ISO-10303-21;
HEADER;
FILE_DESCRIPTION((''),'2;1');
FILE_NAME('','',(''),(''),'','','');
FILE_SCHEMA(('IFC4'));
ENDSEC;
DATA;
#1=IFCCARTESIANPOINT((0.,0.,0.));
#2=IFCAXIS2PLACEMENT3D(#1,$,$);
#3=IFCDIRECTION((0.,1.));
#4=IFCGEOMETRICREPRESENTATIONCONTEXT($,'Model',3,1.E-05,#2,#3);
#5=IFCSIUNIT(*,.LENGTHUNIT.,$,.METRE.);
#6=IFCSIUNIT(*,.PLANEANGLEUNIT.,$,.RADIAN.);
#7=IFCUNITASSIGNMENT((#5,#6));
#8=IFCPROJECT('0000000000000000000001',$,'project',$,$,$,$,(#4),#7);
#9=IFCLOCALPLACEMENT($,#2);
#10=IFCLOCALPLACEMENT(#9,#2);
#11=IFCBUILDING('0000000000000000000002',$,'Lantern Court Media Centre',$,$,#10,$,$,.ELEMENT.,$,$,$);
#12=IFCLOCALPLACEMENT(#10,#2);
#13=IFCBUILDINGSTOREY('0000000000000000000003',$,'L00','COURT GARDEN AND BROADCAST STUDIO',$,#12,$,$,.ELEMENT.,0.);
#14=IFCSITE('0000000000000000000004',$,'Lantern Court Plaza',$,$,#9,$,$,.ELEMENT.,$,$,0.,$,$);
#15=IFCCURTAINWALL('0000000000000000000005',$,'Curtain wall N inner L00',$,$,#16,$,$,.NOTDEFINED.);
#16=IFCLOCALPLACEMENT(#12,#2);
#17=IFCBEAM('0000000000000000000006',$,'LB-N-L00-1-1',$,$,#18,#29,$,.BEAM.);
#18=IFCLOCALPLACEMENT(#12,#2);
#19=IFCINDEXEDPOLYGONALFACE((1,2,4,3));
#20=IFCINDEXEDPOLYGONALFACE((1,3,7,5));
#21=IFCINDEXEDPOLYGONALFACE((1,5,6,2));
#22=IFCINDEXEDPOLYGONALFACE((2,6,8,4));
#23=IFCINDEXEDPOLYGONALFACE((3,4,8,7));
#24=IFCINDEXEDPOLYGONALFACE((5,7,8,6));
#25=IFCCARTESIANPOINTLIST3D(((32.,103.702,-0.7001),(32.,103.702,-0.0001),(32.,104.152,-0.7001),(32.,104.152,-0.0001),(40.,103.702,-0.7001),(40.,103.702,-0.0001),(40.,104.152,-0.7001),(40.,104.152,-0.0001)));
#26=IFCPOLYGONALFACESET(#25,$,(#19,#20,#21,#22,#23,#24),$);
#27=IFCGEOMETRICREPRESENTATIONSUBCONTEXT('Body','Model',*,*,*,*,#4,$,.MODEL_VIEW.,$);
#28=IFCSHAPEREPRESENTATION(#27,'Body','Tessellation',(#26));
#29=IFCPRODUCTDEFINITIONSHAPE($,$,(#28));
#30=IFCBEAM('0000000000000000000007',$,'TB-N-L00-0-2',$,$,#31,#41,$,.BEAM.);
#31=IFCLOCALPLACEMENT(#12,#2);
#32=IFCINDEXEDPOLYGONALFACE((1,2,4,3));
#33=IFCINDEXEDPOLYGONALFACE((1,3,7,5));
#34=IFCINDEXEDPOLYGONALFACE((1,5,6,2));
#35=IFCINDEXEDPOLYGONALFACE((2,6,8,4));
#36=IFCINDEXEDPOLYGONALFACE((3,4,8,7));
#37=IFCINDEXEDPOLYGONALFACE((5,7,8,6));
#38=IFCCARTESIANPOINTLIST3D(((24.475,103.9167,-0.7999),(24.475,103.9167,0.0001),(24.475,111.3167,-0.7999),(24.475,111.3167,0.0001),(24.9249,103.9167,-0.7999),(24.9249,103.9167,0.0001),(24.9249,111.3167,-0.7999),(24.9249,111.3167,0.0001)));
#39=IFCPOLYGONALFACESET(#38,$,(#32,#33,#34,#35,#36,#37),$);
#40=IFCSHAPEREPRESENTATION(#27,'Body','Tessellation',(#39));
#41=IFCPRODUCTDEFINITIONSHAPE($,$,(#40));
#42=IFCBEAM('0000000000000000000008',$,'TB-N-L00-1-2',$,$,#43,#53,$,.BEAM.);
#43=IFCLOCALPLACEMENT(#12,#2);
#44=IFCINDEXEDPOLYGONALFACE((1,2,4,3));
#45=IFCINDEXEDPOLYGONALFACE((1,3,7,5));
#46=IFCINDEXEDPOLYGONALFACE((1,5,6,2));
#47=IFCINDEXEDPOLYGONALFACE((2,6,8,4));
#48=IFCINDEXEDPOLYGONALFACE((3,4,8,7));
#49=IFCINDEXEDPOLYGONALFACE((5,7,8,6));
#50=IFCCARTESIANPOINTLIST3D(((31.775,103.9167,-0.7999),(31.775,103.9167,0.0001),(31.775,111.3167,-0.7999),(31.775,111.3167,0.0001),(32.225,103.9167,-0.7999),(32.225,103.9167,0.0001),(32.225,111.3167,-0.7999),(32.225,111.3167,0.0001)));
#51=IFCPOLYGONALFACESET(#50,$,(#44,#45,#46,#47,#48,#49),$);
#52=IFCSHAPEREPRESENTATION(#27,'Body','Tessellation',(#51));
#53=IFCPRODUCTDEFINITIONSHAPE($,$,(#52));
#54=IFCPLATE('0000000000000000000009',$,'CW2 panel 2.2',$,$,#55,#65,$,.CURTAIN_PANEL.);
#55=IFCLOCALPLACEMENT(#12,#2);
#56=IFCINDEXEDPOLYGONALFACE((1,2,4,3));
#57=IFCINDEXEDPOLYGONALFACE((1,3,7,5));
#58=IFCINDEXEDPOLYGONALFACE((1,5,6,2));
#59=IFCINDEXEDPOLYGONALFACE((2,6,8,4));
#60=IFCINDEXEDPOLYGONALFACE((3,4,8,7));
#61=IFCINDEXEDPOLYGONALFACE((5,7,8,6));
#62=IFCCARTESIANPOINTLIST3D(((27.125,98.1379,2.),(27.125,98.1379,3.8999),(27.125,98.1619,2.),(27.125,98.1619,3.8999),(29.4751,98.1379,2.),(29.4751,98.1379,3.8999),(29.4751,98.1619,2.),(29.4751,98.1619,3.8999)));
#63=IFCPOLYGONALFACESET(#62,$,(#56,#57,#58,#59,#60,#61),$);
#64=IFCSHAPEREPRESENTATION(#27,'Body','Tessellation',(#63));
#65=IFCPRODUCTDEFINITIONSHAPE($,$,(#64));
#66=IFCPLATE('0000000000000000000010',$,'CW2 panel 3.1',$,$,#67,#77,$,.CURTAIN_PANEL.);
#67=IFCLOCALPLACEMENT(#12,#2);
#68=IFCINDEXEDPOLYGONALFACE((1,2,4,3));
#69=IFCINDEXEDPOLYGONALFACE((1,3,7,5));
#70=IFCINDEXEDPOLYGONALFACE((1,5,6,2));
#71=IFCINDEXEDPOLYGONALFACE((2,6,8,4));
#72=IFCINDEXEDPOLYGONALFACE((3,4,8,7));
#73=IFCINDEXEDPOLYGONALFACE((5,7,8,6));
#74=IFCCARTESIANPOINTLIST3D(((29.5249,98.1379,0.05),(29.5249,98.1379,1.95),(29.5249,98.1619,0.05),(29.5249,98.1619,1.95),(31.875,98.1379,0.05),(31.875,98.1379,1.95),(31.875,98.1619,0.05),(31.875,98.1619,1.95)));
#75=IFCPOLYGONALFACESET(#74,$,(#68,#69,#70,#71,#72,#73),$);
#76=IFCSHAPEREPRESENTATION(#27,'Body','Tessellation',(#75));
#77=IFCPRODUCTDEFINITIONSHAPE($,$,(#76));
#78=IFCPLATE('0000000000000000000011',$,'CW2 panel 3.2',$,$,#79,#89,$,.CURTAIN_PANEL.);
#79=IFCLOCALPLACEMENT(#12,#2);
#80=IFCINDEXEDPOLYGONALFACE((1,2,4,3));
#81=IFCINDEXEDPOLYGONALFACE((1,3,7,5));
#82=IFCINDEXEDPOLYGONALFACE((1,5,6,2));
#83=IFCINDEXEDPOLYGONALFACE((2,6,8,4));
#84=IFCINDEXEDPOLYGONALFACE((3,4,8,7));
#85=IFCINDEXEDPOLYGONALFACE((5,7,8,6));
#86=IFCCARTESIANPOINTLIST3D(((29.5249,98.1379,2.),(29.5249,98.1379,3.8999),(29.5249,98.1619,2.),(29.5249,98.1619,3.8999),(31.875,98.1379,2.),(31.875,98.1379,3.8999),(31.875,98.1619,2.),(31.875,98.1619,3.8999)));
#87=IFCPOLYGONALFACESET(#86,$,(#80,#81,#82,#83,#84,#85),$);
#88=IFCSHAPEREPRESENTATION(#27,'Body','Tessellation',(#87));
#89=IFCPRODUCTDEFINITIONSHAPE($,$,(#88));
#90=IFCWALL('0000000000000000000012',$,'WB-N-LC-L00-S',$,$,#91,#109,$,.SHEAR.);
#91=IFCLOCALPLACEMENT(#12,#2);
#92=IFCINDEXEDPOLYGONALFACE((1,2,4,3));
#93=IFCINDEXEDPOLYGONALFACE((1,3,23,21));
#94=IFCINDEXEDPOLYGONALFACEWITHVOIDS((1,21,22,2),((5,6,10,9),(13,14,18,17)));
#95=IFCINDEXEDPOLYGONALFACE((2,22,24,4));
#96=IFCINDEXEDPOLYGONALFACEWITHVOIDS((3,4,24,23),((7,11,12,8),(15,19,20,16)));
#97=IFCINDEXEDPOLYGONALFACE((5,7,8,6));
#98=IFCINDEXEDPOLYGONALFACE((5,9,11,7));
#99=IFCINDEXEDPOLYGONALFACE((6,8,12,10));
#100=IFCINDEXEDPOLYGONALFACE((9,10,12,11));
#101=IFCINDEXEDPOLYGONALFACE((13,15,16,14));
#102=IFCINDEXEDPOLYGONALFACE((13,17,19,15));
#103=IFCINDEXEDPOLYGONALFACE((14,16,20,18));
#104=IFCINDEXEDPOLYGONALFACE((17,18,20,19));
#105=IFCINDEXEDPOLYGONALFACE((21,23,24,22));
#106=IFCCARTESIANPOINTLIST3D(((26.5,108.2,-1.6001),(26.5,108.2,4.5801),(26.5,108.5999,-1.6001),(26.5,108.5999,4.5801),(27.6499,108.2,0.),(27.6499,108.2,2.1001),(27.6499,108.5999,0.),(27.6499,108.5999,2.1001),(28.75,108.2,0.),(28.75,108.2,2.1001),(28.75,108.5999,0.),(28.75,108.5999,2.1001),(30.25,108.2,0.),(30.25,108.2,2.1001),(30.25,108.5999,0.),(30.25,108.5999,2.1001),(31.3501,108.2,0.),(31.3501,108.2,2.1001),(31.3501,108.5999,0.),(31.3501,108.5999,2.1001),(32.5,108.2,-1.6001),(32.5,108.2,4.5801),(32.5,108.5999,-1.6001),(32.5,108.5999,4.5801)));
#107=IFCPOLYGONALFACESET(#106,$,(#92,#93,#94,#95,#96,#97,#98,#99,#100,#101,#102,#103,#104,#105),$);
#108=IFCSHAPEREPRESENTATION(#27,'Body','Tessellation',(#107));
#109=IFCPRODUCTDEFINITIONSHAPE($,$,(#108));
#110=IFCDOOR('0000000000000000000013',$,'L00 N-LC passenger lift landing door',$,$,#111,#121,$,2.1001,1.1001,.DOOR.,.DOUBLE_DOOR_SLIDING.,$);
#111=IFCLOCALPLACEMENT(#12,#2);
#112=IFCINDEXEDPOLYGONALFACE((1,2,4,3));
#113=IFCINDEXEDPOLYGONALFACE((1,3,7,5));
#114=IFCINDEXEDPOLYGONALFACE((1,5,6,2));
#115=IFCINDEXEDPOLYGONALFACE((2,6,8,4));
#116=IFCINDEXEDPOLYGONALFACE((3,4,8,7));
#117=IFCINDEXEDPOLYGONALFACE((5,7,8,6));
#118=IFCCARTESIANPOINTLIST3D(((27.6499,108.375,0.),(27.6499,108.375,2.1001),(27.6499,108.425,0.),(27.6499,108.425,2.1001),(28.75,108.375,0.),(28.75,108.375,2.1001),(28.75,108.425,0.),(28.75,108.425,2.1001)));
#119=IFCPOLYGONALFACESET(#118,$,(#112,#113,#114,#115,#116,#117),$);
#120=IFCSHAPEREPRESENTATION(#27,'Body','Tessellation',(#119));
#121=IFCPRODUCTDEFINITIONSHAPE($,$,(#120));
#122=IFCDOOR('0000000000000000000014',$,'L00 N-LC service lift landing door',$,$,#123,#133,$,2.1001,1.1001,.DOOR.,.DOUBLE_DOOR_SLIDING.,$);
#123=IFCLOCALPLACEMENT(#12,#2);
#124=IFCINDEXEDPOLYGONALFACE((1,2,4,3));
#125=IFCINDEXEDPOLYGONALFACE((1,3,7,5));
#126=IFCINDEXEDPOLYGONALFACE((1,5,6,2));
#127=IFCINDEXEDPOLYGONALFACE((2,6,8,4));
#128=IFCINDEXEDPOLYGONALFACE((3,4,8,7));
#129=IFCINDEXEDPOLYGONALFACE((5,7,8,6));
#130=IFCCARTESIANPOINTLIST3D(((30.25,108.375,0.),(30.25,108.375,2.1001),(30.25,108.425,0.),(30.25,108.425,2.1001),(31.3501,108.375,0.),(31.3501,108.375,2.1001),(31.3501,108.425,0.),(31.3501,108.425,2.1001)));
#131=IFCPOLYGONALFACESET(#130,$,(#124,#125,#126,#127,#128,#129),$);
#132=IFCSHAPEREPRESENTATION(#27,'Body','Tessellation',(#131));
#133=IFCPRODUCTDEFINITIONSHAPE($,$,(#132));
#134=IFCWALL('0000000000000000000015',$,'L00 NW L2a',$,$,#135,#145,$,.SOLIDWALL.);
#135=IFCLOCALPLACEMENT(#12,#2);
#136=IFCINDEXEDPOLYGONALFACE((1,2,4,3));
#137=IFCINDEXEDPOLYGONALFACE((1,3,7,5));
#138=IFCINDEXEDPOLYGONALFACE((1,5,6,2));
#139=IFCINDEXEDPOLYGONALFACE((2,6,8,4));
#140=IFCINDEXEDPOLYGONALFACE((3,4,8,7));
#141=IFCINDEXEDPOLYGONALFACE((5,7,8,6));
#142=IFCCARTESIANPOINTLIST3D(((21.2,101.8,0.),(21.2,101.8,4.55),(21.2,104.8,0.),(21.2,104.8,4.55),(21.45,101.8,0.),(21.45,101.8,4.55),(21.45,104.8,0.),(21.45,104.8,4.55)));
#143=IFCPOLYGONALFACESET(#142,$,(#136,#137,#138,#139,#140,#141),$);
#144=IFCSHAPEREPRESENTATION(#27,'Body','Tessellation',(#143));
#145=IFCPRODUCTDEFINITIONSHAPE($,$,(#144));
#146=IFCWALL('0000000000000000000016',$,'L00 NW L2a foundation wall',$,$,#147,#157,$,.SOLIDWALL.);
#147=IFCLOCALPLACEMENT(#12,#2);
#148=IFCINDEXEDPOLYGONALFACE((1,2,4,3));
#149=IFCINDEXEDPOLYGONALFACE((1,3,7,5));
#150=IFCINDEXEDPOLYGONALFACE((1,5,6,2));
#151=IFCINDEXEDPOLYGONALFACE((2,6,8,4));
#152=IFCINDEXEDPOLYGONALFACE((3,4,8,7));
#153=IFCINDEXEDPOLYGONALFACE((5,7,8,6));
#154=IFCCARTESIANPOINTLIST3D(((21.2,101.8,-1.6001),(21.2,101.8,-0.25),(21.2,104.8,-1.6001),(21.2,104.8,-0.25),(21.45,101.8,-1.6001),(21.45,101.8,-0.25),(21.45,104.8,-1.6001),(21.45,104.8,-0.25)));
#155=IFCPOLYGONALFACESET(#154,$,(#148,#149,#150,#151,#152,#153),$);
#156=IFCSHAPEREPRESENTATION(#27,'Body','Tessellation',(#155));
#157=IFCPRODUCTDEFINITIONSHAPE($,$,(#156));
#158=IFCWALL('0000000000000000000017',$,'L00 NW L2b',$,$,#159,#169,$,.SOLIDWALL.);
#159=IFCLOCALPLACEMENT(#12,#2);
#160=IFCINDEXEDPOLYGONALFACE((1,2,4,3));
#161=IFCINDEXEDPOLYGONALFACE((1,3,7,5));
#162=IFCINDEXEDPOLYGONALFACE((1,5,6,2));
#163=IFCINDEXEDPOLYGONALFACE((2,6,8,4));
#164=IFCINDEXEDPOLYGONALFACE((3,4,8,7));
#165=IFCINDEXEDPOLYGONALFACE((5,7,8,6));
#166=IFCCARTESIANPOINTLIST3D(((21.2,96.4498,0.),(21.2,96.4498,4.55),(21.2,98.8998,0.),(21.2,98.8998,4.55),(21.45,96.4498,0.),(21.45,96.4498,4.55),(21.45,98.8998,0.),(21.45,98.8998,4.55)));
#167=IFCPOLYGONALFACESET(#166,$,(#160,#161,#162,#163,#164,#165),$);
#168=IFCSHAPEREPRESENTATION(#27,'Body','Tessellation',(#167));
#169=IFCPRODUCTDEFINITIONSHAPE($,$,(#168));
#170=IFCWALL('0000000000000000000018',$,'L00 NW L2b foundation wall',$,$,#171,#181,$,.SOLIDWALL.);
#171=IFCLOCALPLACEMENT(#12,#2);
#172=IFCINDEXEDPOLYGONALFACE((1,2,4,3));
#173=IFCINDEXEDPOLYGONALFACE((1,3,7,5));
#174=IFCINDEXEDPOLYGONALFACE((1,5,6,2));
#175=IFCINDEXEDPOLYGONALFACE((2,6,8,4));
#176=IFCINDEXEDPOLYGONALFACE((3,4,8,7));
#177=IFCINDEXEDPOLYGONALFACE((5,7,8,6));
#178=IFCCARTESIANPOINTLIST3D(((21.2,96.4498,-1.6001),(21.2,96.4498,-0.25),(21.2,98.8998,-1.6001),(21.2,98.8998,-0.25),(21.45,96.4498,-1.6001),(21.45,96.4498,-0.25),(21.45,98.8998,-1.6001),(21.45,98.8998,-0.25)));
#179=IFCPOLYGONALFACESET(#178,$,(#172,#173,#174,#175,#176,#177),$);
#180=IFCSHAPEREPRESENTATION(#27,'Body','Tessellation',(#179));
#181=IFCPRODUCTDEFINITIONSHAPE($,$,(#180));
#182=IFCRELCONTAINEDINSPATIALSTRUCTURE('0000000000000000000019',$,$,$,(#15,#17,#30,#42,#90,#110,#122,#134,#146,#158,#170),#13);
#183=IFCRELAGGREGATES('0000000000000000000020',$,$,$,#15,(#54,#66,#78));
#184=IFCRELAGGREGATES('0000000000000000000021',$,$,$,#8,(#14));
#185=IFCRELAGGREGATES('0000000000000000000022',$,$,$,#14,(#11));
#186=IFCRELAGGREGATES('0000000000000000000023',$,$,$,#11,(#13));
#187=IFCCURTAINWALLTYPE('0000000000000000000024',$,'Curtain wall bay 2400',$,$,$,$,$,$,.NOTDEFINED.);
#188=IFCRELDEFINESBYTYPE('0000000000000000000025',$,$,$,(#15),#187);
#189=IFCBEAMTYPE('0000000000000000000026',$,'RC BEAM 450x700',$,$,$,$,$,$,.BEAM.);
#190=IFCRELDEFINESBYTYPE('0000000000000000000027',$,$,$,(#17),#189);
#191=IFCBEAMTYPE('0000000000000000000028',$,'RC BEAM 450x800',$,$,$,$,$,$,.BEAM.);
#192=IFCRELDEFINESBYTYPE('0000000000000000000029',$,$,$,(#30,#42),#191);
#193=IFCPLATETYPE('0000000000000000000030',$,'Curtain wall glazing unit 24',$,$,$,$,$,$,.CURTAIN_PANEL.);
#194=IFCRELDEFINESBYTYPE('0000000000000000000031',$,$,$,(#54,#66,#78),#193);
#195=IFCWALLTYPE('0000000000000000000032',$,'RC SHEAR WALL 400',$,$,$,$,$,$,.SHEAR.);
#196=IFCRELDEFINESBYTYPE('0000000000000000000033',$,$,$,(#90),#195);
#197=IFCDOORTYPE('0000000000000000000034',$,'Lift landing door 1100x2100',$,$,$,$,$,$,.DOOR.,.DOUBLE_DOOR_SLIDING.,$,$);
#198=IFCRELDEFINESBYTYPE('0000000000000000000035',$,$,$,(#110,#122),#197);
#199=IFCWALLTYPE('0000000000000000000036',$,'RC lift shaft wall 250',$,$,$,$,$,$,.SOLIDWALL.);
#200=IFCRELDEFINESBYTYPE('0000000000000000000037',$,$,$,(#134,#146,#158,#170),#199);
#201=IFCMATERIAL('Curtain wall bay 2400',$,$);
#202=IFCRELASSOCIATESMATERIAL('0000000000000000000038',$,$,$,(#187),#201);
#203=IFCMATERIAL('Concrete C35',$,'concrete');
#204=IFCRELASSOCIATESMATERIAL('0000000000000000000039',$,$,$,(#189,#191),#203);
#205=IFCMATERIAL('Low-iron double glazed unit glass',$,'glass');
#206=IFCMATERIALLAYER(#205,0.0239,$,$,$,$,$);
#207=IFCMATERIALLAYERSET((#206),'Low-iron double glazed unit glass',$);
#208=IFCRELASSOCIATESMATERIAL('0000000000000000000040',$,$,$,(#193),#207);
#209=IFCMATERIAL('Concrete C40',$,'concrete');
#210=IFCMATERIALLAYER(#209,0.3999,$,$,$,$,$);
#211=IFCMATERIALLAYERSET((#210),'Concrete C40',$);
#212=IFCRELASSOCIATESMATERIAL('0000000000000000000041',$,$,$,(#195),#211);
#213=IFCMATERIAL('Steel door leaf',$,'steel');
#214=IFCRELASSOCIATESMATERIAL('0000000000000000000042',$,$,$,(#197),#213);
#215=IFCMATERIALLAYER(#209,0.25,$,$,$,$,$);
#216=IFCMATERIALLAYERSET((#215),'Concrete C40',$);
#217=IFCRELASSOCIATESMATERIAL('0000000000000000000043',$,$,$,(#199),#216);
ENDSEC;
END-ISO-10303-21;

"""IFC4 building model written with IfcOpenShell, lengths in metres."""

from ifc_helpers import new_model, si_unit, direction, frame, frame_2d, origin, origin_2d, place, context, subcontext, project, spatial, rectangle, extrude, material, layer, layer_set, material_profile, profile_set, type_object, element, fill, aggregate, save


model = new_model("IFC4")

# Units and contexts
model_context = context("Model", 3, precision=1e-05, world=origin(), true_north=direction((0.0, 1.0)))
body_context = subcontext(model_context, "Body", "Model", "MODEL_VIEW")
ifc_project = project(units=[si_unit("LENGTHUNIT", "METRE"), si_unit("PLANEANGLEUNIT", "RADIAN")], contexts=[model_context])

# Site, building, storey
site_placement = place(None, origin())
site = spatial("IfcSite", under=ifc_project, at=site_placement, Name="Lantern Court Plaza", CompositionType="ELEMENT", RefElevation=0.0)
building_placement = place(site_placement, origin())
building = spatial("IfcBuilding", under=site, at=building_placement, Name="Lantern Court Media Centre", CompositionType="ELEMENT")
storey_placement = place(building_placement, origin())
storey = spatial("IfcBuildingStorey", under=building, at=storey_placement, Name="L00", Description="COURT GARDEN AND BROADCAST STUDIO", CompositionType="ELEMENT", Elevation=0.0)

# Shared definitions
ifc_material_1 = material(Name="Concrete C35", Category="concrete")

# Curtain wall
ifc_material_2 = material(Name="Curtain wall bay 2400")
curtain_wall_type = type_object("IfcCurtainWallType", Name="Curtain wall bay 2400", PredefinedType="NOTDEFINED", material=ifc_material_2)
curtain_wall_placement = place(storey_placement, origin())
curtain_wall = element("IfcCurtainWall", 1, at=curtain_wall_placement, inside=storey, type_object=curtain_wall_type, Name="Curtain wall N inner L00", PredefinedType="NOTDEFINED")

# Beams
ifc_material_profile_1 = material_profile(ifc_material_1, rectangle(XDim=0.45, YDim=0.7, at=origin_2d()), Name="RC 450x700")
ifc_profile_set_1 = profile_set([ifc_material_profile_1], Name="Concrete C35")
beam_type_1 = type_object("IfcBeamType", Name="RC BEAM 450x700", PredefinedType="BEAM", material=ifc_profile_set_1)
beam_1_placement = place(storey_placement, frame((32.0, 103.927, -0.3501), z_axis=(1.0, 0.0, 0.0), x_axis=(0.0, 1.0, 0.0)))
element("IfcBeam", 2, at=beam_1_placement, inside=storey, type_object=beam_type_1, Name="LB-N-L00-1-1", PredefinedType="BEAM", context=body_context, shape_type="SweptSolid", body=[
    extrude(rectangle(XDim=0.45, YDim=0.7, at=origin_2d()), origin(), (0.0, 0.0, 1.0), 8.0),
])
ifc_material_profile_2 = material_profile(ifc_material_1, rectangle(XDim=0.45, YDim=0.8, at=origin_2d()), Name="RC 450x800")
ifc_profile_set_2 = profile_set([ifc_material_profile_2], Name="Concrete C35")
beam_type_2 = type_object("IfcBeamType", Name="RC BEAM 450x800", PredefinedType="BEAM", material=ifc_profile_set_2)
for number, where, z_axis, x_axis, name in (
    (3, (24.7, 103.9167, -0.3999), (0.0, 1.0, 0.0), (-1.0, 0.0, 0.0), "TB-N-L00-0-2"),
    (4, (32.0, 103.9167, -0.3999), (0.0, 1.0, 0.0), (-1.0, 0.0, 0.0), "TB-N-L00-1-2"),
):
    element("IfcBeam", number, at=place(storey_placement, frame(where, z_axis=z_axis, x_axis=x_axis)), inside=storey, type_object=beam_type_2, Name=name, PredefinedType="BEAM", context=body_context, shape_type="SweptSolid", body=[
        extrude(rectangle(XDim=0.45, YDim=0.8, at=origin_2d()), origin(), (0.0, 0.0, 1.0), 7.3999),
    ])

# Plates
ifc_material_3 = material(Name="Low-iron double glazed unit glass", Category="glass")
ifc_layer_1 = layer(ifc_material_3, 0.0239)
ifc_layer_set_1 = layer_set([ifc_layer_1], Name="Low-iron double glazed unit glass")
plate_type = type_object("IfcPlateType", Name="Curtain wall glazing unit 24", PredefinedType="CURTAIN_PANEL", material=ifc_layer_set_1)
plate_1_placement = place(storey_placement, frame((28.3, 98.1499, 2.0), z_axis=(0.0, 0.0, 1.0), x_axis=(1.0, 0.0, 0.0)))
plate_1 = element("IfcPlate", 5, at=plate_1_placement, type_object=plate_type, Name="CW2 panel 2.2", PredefinedType="CURTAIN_PANEL", context=body_context, shape_type="SweptSolid", body=[
    extrude(rectangle(XDim=2.3501, YDim=0.0239, at=origin_2d()), origin(), (0.0, 0.0, 1.0), 1.8999),
])
plate_2_placement = place(storey_placement, frame((30.7, 98.1499, 0.05), z_axis=(0.0, 0.0, 1.0), x_axis=(1.0, 0.0, 0.0)))
plate_2 = element("IfcPlate", 6, at=plate_2_placement, type_object=plate_type, Name="CW2 panel 3.1", PredefinedType="CURTAIN_PANEL", context=body_context, shape_type="SweptSolid", body=[
    extrude(rectangle(XDim=2.3501, YDim=0.0239, at=origin_2d()), origin(), (0.0, 0.0, 1.0), 1.8999),
])
plate_3_placement = place(storey_placement, frame((30.7, 98.1499, 2.0), z_axis=(0.0, 0.0, 1.0), x_axis=(1.0, 0.0, 0.0)))
plate_3 = element("IfcPlate", 7, at=plate_3_placement, type_object=plate_type, Name="CW2 panel 3.2", PredefinedType="CURTAIN_PANEL", context=body_context, shape_type="SweptSolid", body=[
    extrude(rectangle(XDim=2.3501, YDim=0.0239, at=origin_2d()), origin(), (0.0, 0.0, 1.0), 1.8999),
])
aggregate(curtain_wall, [plate_1, plate_2, plate_3])

# Wall, openings, doors
ifc_material_4 = material(Name="Concrete C40", Category="concrete")
ifc_layer_2 = layer(ifc_material_4, 0.3999)
ifc_layer_set_2 = layer_set([ifc_layer_2], Name="Concrete C40")
wall_type_1 = type_object("IfcWallType", Name="RC SHEAR WALL 400", PredefinedType="SHEAR", material=ifc_layer_set_2)
wall_1_placement = place(storey_placement, frame((26.5, 108.3999, -1.6001), z_axis=(0.0, 0.0, 1.0), x_axis=(1.0, 0.0, 0.0)))
wall_1 = element("IfcWall", 8, at=wall_1_placement, inside=storey, type_object=wall_type_1, Name="WB-N-LC-L00-S", PredefinedType="SHEAR", context=body_context, shape_type="SweptSolid", body=[
    extrude(rectangle(XDim=6.0, YDim=0.3999, at=frame_2d((3.0, 0.0))), origin(), (0.0, 0.0, 1.0), 6.1802),
])
opening_1_placement = place(wall_1_placement, frame((1.1499, 0.0, 1.6001)))
opening_1 = element("IfcOpeningElement", 9, at=opening_1_placement, cuts=wall_1, PredefinedType="OPENING", context=body_context, shape_type="SweptSolid", body=[
    extrude(rectangle(XDim=1.1001, YDim=2.1001, at=frame_2d((0.55, 1.05))), frame((0.0, 0.21, 0.0), z_axis=(0.0, -1.0, 0.0), x_axis=(1.0, 0.0, 0.0)), (0.0, 0.0, 1.0), 0.4199),
])
opening_2_placement = place(wall_1_placement, frame((3.75, 0.0, 1.6001)))
opening_2 = element("IfcOpeningElement", 10, at=opening_2_placement, cuts=wall_1, PredefinedType="OPENING", context=body_context, shape_type="SweptSolid", body=[
    extrude(rectangle(XDim=1.1001, YDim=2.1001, at=frame_2d((0.55, 1.05))), frame((0.0, 0.21, 0.0), z_axis=(0.0, -1.0, 0.0), x_axis=(1.0, 0.0, 0.0)), (0.0, 0.0, 1.0), 0.4199),
])
ifc_material_5 = material(Name="Steel door leaf", Category="steel")
door_type = type_object("IfcDoorType", Name="Lift landing door 1100x2100", OperationType="DOUBLE_DOOR_SLIDING", PredefinedType="DOOR", material=ifc_material_5)
door_1_placement = place(opening_1_placement, frame((1.1001, 0.0, 0.0), z_axis=(0.0, 0.0, 1.0), x_axis=(-1.0, 0.0, 0.0)))
door_1 = element("IfcDoor", 11, at=door_1_placement, inside=storey, type_object=door_type, Name="L00 N-LC passenger lift landing door", OperationType="DOUBLE_DOOR_SLIDING", OverallHeight=2.1001, OverallWidth=1.1001, PredefinedType="DOOR", context=body_context, shape_type="SweptSolid", body=[
    extrude(rectangle(XDim=1.1001, YDim=2.1001, at=frame_2d((0.55, 1.05))), frame((0.0, 0.0249, 0.0), z_axis=(0.0, -1.0, 0.0), x_axis=(1.0, 0.0, 0.0)), (0.0, 0.0, 1.0), 0.05),
])
fill(opening_1, door_1)
door_2_placement = place(opening_2_placement, frame((1.1001, 0.0, 0.0), z_axis=(0.0, 0.0, 1.0), x_axis=(-1.0, 0.0, 0.0)))
door_2 = element("IfcDoor", 12, at=door_2_placement, inside=storey, type_object=door_type, Name="L00 N-LC service lift landing door", OperationType="DOUBLE_DOOR_SLIDING", OverallHeight=2.1001, OverallWidth=1.1001, PredefinedType="DOOR", context=body_context, shape_type="SweptSolid", body=[
    extrude(rectangle(XDim=1.1001, YDim=2.1001, at=frame_2d((0.55, 1.05))), frame((0.0, 0.0249, 0.0), z_axis=(0.0, -1.0, 0.0), x_axis=(1.0, 0.0, 0.0)), (0.0, 0.0, 1.0), 0.05),
])
fill(opening_2, door_2)

# Walls
ifc_layer_3 = layer(ifc_material_4, 0.25)
ifc_layer_set_3 = layer_set([ifc_layer_3], Name="Concrete C40")
wall_type_2 = type_object("IfcWallType", Name="RC lift shaft wall 250", PredefinedType="SOLIDWALL", material=ifc_layer_set_3)
wall_2_placement = place(storey_placement, frame((21.325, 104.8, 0.0), z_axis=(0.0, 0.0, 1.0), x_axis=(0.0, -1.0, 0.0)))
element("IfcWall", 13, at=wall_2_placement, inside=storey, type_object=wall_type_2, Name="L00 NW L2a", PredefinedType="SOLIDWALL", context=body_context, shape_type="SweptSolid", body=[
    extrude(rectangle(XDim=3.0, YDim=0.25, at=frame_2d((1.5, 0.0))), origin(), (0.0, 0.0, 1.0), 4.55),
])
wall_3_placement = place(storey_placement, frame((21.325, 104.8, -1.6001), z_axis=(0.0, 0.0, 1.0), x_axis=(0.0, -1.0, 0.0)))
element("IfcWall", 14, at=wall_3_placement, inside=storey, type_object=wall_type_2, Name="L00 NW L2a foundation wall", PredefinedType="SOLIDWALL", context=body_context, shape_type="SweptSolid", body=[
    extrude(rectangle(XDim=3.0, YDim=0.25, at=frame_2d((1.5, 0.0))), origin(), (0.0, 0.0, 1.0), 1.3501),
])
wall_4_placement = place(storey_placement, frame((21.325, 98.8999, 0.0), z_axis=(0.0, 0.0, 1.0), x_axis=(0.0, -1.0, 0.0)))
element("IfcWall", 15, at=wall_4_placement, inside=storey, type_object=wall_type_2, Name="L00 NW L2b", PredefinedType="SOLIDWALL", context=body_context, shape_type="SweptSolid", body=[
    extrude(rectangle(XDim=2.45, YDim=0.25, at=frame_2d((1.2251, 0.0))), origin(), (0.0, 0.0, 1.0), 4.55),
])
wall_5_placement = place(storey_placement, frame((21.325, 98.8999, -1.6001), z_axis=(0.0, 0.0, 1.0), x_axis=(0.0, -1.0, 0.0)))
element("IfcWall", 16, at=wall_5_placement, inside=storey, type_object=wall_type_2, Name="L00 NW L2b foundation wall", PredefinedType="SOLIDWALL", context=body_context, shape_type="SweptSolid", body=[
    extrude(rectangle(XDim=2.45, YDim=0.25, at=frame_2d((1.2251, 0.0))), origin(), (0.0, 0.0, 1.0), 1.3501),
])

save(model, "model.ifc")
